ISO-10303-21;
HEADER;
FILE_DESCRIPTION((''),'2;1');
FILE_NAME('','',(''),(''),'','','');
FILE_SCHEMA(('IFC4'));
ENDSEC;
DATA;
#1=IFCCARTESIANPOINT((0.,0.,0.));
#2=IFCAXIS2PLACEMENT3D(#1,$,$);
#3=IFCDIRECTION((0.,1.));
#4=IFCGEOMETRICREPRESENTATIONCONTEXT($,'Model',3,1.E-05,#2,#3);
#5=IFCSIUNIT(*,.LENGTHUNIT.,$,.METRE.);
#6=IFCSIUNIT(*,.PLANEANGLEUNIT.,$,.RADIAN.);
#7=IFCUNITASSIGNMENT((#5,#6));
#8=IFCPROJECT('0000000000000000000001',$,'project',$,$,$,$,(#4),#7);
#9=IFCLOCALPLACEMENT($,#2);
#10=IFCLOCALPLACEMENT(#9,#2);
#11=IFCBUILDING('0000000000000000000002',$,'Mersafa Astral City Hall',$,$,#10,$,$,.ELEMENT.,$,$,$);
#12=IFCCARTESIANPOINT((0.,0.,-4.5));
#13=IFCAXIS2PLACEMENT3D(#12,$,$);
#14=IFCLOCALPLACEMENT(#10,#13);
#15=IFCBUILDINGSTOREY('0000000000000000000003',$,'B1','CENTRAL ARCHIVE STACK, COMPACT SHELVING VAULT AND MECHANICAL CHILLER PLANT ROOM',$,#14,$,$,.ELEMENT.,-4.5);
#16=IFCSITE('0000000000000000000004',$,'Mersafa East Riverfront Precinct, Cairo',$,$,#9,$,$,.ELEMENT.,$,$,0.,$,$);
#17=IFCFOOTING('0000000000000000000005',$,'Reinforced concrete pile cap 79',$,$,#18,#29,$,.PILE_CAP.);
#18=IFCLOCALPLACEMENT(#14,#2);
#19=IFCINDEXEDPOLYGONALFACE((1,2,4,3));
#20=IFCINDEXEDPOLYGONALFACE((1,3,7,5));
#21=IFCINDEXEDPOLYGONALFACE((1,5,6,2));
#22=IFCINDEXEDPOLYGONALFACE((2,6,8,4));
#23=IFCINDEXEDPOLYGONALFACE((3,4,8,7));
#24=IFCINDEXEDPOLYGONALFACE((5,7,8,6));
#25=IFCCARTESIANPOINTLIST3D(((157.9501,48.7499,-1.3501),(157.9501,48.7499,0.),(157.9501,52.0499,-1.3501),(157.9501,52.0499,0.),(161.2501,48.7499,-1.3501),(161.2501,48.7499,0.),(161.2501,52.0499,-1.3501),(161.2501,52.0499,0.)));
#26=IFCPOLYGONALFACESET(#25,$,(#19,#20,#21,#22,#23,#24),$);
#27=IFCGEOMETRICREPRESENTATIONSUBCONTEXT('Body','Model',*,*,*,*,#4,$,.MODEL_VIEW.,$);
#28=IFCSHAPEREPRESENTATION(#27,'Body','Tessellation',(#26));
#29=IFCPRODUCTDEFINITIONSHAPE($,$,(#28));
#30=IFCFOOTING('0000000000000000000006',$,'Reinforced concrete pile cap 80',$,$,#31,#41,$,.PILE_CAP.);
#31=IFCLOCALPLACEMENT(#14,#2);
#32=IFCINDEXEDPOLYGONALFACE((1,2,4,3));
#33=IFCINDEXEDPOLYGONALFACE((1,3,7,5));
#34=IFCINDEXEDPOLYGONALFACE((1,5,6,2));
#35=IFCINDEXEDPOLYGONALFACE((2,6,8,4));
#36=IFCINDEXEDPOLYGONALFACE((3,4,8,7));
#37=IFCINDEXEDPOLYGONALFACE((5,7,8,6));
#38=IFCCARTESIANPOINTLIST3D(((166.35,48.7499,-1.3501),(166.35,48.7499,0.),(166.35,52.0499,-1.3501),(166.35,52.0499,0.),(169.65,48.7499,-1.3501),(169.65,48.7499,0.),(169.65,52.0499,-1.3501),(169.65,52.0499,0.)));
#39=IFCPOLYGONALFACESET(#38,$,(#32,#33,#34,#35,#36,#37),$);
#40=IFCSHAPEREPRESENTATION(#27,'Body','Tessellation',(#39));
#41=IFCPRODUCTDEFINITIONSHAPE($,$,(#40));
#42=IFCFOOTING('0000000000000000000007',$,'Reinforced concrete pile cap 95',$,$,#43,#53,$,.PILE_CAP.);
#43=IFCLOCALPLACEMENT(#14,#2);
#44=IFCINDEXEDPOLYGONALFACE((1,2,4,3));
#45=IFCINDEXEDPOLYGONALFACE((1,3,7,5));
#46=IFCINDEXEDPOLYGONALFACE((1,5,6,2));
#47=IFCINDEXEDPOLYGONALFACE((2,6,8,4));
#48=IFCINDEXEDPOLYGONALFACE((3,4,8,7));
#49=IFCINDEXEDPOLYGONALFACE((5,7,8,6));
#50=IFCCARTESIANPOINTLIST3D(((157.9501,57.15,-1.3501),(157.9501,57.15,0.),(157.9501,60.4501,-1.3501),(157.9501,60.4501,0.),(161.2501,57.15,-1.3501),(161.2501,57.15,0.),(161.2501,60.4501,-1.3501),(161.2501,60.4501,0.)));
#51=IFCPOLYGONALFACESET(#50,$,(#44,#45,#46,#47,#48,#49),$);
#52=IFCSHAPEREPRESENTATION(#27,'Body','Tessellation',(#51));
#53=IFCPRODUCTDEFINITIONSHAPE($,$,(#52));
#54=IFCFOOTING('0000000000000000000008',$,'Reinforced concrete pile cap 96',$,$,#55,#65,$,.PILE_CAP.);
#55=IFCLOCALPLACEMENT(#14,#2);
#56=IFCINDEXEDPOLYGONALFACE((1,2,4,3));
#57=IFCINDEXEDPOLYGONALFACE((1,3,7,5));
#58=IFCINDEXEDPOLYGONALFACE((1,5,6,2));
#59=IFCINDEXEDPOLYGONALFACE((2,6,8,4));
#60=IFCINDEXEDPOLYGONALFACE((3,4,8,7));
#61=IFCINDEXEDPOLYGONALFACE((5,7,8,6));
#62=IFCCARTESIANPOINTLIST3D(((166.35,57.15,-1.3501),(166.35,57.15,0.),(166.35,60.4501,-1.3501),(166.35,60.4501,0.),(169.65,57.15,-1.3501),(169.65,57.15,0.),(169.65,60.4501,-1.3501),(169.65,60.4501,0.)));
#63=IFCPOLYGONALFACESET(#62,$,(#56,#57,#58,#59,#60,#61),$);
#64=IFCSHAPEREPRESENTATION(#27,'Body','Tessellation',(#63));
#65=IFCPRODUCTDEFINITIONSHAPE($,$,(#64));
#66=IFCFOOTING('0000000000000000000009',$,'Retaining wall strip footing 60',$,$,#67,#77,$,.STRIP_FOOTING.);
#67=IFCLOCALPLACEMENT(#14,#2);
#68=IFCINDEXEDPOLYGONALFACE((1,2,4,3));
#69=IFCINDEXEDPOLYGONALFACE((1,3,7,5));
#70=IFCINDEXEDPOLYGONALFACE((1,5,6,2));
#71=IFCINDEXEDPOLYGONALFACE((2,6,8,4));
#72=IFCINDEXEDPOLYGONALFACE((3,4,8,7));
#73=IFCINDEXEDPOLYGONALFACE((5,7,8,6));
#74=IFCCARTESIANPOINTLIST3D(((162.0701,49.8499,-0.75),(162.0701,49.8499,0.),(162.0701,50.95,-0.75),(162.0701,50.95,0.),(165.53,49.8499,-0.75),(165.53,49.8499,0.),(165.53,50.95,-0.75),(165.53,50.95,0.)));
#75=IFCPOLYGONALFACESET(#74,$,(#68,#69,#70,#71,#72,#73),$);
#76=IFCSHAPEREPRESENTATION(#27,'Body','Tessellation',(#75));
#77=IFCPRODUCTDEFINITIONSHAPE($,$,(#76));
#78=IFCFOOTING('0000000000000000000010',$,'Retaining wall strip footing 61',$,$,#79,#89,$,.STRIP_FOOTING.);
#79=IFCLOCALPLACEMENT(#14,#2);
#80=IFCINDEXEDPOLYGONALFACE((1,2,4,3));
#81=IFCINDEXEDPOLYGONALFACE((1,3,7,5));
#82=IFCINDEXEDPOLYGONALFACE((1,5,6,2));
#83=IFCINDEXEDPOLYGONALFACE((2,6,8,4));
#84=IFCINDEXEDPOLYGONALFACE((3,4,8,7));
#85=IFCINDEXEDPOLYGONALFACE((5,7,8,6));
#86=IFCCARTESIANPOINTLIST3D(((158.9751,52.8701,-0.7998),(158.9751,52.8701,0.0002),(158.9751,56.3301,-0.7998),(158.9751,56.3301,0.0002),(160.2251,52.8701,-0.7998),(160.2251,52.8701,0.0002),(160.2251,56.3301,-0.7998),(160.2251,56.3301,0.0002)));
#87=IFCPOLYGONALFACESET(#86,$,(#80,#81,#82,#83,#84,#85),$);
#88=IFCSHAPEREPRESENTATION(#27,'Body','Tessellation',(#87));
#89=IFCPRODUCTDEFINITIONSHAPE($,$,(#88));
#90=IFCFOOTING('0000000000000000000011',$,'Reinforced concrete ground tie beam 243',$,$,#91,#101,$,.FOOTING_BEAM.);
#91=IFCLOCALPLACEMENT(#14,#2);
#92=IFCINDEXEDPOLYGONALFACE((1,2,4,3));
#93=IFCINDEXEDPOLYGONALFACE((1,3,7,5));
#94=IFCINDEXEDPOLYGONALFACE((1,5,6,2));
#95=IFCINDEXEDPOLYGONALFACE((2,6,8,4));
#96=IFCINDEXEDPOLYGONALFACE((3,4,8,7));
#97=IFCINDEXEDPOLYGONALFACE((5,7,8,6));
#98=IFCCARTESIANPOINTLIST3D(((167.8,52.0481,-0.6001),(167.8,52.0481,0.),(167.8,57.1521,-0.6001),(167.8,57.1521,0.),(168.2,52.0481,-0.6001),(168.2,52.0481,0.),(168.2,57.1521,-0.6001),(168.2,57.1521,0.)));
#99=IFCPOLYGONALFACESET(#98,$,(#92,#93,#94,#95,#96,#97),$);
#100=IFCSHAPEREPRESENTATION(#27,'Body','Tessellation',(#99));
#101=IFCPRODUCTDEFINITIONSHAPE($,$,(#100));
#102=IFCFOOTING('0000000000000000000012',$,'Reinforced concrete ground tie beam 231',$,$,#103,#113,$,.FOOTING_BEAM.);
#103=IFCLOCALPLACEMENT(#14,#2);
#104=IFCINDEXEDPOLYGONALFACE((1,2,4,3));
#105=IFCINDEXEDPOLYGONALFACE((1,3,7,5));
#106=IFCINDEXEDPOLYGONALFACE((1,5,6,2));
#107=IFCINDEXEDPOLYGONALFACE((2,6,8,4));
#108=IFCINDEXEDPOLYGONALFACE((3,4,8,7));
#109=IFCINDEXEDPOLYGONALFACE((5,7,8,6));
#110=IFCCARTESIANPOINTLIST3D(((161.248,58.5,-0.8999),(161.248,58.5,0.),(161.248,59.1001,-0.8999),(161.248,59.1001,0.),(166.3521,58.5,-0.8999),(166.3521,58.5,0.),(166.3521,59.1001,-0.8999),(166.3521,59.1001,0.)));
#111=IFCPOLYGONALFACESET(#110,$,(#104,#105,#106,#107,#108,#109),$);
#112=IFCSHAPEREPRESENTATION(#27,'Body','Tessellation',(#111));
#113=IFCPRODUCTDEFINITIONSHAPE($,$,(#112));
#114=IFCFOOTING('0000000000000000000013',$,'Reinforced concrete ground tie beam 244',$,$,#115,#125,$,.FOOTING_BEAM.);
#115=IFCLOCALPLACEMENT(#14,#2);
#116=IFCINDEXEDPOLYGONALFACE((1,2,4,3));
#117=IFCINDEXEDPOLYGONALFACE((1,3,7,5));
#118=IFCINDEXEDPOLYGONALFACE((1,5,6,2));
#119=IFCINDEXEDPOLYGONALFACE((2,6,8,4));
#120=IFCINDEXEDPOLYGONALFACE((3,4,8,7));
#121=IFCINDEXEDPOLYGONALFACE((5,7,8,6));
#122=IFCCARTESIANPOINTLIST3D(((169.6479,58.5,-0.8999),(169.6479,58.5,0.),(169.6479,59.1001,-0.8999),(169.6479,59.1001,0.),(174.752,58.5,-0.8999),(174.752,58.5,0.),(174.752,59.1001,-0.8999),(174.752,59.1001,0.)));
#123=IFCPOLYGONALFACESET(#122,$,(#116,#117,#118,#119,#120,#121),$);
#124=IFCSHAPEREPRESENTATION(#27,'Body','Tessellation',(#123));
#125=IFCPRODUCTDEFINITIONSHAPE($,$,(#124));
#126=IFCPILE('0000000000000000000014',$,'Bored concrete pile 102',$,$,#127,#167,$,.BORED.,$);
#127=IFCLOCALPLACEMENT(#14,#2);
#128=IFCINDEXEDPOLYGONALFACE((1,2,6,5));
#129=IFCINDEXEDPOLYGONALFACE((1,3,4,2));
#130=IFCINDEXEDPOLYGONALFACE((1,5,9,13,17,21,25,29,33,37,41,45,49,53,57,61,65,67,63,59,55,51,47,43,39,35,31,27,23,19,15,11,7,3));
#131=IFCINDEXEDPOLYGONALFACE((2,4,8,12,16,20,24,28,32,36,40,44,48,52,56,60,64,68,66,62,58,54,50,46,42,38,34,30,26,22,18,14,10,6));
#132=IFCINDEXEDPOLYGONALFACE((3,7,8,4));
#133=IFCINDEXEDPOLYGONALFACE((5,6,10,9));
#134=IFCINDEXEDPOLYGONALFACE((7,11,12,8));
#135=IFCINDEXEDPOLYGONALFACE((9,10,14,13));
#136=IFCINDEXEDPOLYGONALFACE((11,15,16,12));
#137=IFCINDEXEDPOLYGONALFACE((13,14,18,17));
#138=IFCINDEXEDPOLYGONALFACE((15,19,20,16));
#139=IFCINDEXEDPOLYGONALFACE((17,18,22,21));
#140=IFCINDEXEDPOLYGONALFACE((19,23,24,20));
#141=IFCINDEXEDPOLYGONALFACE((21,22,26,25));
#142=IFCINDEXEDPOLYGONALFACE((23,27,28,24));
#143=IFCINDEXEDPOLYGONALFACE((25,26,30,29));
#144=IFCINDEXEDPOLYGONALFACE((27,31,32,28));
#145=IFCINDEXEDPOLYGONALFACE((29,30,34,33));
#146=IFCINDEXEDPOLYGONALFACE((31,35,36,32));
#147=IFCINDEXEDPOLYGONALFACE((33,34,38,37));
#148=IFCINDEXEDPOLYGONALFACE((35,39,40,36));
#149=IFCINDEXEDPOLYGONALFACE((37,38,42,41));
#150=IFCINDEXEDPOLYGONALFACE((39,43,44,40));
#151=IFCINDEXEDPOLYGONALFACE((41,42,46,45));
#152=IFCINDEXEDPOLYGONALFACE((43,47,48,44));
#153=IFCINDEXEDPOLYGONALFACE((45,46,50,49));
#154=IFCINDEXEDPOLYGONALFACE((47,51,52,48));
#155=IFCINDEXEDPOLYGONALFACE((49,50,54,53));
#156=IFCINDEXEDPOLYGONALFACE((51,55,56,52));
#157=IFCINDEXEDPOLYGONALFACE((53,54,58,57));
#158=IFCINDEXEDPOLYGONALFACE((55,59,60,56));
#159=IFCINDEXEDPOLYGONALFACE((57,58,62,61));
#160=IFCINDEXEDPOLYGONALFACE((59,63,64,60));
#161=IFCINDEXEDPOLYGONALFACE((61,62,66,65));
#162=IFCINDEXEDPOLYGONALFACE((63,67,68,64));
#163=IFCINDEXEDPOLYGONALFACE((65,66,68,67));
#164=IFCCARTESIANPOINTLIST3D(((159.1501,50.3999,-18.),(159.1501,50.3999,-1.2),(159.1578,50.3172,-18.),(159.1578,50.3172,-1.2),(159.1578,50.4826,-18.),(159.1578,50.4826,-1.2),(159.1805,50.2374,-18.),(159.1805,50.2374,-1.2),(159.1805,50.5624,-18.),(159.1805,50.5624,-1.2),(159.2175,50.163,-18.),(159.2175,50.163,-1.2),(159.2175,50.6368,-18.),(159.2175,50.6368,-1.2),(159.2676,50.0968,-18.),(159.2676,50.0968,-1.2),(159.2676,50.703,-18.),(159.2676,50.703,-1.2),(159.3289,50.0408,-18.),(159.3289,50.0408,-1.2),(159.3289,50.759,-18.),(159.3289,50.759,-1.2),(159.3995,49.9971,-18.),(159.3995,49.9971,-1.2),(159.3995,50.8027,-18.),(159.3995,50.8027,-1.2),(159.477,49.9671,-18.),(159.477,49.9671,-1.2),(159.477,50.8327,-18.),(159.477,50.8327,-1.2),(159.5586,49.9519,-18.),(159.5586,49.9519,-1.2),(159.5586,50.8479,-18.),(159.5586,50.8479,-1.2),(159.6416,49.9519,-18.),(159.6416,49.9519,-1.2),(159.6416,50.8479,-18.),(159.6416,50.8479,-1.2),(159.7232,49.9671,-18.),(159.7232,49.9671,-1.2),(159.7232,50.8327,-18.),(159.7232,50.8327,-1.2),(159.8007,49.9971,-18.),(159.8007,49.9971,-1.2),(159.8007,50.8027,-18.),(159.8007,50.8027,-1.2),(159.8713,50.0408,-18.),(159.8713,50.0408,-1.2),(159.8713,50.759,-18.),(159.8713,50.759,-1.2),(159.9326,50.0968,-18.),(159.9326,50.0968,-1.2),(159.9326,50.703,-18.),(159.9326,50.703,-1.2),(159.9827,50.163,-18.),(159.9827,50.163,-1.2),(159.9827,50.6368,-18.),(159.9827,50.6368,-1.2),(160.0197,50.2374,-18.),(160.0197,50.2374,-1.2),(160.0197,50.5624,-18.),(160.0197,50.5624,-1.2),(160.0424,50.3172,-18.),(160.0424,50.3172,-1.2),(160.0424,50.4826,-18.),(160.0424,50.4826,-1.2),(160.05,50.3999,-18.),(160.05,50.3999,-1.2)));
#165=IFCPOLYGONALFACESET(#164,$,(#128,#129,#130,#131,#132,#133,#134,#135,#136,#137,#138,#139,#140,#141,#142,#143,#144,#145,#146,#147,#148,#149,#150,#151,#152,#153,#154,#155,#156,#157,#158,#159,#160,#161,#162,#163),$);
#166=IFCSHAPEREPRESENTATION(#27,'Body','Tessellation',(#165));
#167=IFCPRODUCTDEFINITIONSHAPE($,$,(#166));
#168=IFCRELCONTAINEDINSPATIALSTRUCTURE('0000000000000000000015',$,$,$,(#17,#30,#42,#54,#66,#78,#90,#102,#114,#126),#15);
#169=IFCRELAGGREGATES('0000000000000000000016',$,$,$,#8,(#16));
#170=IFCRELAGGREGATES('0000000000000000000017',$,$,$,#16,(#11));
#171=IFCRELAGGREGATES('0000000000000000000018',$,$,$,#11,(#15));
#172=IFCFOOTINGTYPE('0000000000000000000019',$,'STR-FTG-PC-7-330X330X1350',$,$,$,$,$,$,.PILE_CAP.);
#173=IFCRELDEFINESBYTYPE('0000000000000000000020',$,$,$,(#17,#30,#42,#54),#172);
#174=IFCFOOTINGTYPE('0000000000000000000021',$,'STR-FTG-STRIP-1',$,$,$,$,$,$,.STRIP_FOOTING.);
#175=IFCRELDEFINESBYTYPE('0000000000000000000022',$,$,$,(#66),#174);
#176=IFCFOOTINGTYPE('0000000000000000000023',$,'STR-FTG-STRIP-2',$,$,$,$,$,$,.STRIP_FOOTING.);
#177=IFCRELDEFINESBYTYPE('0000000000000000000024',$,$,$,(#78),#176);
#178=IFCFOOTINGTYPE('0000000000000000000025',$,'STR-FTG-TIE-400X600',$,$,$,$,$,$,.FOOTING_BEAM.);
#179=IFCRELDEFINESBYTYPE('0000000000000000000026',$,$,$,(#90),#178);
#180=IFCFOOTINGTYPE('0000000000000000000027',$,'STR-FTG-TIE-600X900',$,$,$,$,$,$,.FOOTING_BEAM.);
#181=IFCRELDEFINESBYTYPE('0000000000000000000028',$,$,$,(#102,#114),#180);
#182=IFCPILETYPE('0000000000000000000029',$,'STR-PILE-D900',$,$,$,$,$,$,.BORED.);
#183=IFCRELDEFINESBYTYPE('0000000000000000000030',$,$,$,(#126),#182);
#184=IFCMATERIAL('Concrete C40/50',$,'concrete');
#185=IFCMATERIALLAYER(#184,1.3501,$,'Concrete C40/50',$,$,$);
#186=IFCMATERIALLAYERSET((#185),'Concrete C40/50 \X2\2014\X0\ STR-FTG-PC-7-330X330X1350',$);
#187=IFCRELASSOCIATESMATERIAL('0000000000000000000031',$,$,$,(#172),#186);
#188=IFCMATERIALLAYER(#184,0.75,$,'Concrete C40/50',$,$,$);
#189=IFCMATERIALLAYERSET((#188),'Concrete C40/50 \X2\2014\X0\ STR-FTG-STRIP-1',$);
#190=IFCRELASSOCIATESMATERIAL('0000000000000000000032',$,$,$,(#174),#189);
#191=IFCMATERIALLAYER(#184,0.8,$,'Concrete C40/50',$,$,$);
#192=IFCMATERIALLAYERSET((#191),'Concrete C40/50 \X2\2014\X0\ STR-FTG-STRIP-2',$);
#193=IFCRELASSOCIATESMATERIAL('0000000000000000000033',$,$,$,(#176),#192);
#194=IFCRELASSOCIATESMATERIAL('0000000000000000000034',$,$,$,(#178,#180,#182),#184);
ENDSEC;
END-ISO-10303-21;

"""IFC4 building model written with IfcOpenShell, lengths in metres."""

from ifc_helpers import new_model, si_unit, direction, frame, origin, origin_2d, place, context, subcontext, project, spatial, rectangle, circle, extrude, material, layer, layer_set, material_profile, profile_set, type_object, element, save


model = new_model("IFC4")

# Units and contexts
model_context = context("Model", 3, precision=1e-05, world=origin(), true_north=direction((0.0, 1.0)))
body_context = subcontext(model_context, "Body", "Model", "MODEL_VIEW")
ifc_project = project(units=[si_unit("LENGTHUNIT", "METRE"), si_unit("PLANEANGLEUNIT", "RADIAN")], contexts=[model_context])

# Site, building, storey
site_placement = place(None, origin())
site = spatial("IfcSite", under=ifc_project, at=site_placement, Name="Mersafa East Riverfront Precinct, Cairo", CompositionType="ELEMENT", RefElevation=0.0)
building_placement = place(site_placement, origin())
building = spatial("IfcBuilding", under=site, at=building_placement, Name="Mersafa Astral City Hall", CompositionType="ELEMENT")
storey_placement = place(building_placement, frame((0.0, 0.0, -4.5)))
storey = spatial("IfcBuildingStorey", under=building, at=storey_placement, Name="B1", Description="CENTRAL ARCHIVE STACK, COMPACT SHELVING VAULT AND MECHANICAL CHILLER PLANT ROOM", CompositionType="ELEMENT", Elevation=-4.5)

# Footings
ifc_material_1 = material(Name="Concrete C40/50", Category="concrete")
ifc_layer_1 = layer(ifc_material_1, 1.3501, Name="Concrete C40/50")
ifc_layer_set_1 = layer_set([ifc_layer_1], Name="Concrete C40/50 — STR-FTG-PC-7-330X330X1350")
footing_type_1 = type_object("IfcFootingType", Name="STR-FTG-PC-7-330X330X1350", PredefinedType="PILE_CAP", material=ifc_layer_set_1)
for number, where, z_axis, x_axis, name in (
    (1, (159.6001, 50.3999, -1.3501), (0.0, 0.0, 1.0), (1.0, 0.0, 0.0), "Reinforced concrete pile cap 79"),
    (2, (168.0, 50.3999, -1.3501), (0.0, 0.0, 1.0), (1.0, 0.0, 0.0), "Reinforced concrete pile cap 80"),
    (3, (159.6001, 58.8, -1.3501), (0.0, 0.0, 1.0), (1.0, 0.0, 0.0), "Reinforced concrete pile cap 95"),
    (4, (168.0, 58.8, -1.3501), (0.0, 0.0, 1.0), (1.0, 0.0, 0.0), "Reinforced concrete pile cap 96"),
):
    element("IfcFooting", number, at=place(storey_placement, frame(where, z_axis=z_axis, x_axis=x_axis)), inside=storey, type_object=footing_type_1, Name=name, PredefinedType="PILE_CAP", context=body_context, shape_type="SweptSolid", body=[
        extrude(rectangle(XDim=3.3, YDim=3.3, at=origin_2d()), origin(), (0.0, 0.0, 1.0), 1.3501),
    ])
ifc_layer_2 = layer(ifc_material_1, 0.75, Name="Concrete C40/50")
ifc_layer_set_2 = layer_set([ifc_layer_2], Name="Concrete C40/50 — STR-FTG-STRIP-1")
footing_type_2 = type_object("IfcFootingType", Name="STR-FTG-STRIP-1", PredefinedType="STRIP_FOOTING", material=ifc_layer_set_2)
footing_1_placement = place(storey_placement, frame((163.8, 50.3999, -0.75), z_axis=(0.0, 0.0, 1.0), x_axis=(-1.0, 0.0, 0.0)))
element("IfcFooting", 5, at=footing_1_placement, inside=storey, type_object=footing_type_2, Name="Retaining wall strip footing 60", PredefinedType="STRIP_FOOTING", context=body_context, shape_type="SweptSolid", body=[
    extrude(rectangle(XDim=3.46, YDim=1.1001, at=origin_2d()), origin(), (0.0, 0.0, 1.0), 0.75),
])
ifc_layer_3 = layer(ifc_material_1, 0.8, Name="Concrete C40/50")
ifc_layer_set_3 = layer_set([ifc_layer_3], Name="Concrete C40/50 — STR-FTG-STRIP-2")
footing_type_3 = type_object("IfcFootingType", Name="STR-FTG-STRIP-2", PredefinedType="STRIP_FOOTING", material=ifc_layer_set_3)
footing_2_placement = place(storey_placement, frame((159.6001, 54.6001, -0.7998), z_axis=(0.0, 0.0, 1.0), x_axis=(0.0, 1.0, 0.0)))
element("IfcFooting", 6, at=footing_2_placement, inside=storey, type_object=footing_type_3, Name="Retaining wall strip footing 61", PredefinedType="STRIP_FOOTING", context=body_context, shape_type="SweptSolid", body=[
    extrude(rectangle(XDim=3.46, YDim=1.25, at=origin_2d()), origin(), (0.0, 0.0, 1.0), 0.8),
])
ifc_material_profile_1 = material_profile(ifc_material_1, rectangle(XDim=0.3999, YDim=0.6001, at=origin_2d()), Name="RC 400x600")
ifc_profile_set_1 = profile_set([ifc_material_profile_1], Name="Concrete C40/50")
footing_type_4 = type_object("IfcFootingType", Name="STR-FTG-TIE-400X600", PredefinedType="FOOTING_BEAM", material=ifc_profile_set_1)
footing_3_placement = place(storey_placement, frame((168.0, 52.0481, -0.3), z_axis=(0.0, 1.0, 0.0), x_axis=(-1.0, 0.0, 0.0)))
element("IfcFooting", 7, at=footing_3_placement, inside=storey, type_object=footing_type_4, Name="Reinforced concrete ground tie beam 243", PredefinedType="FOOTING_BEAM", context=body_context, shape_type="SweptSolid", body=[
    extrude(rectangle(XDim=0.3999, YDim=0.6001, at=origin_2d()), origin(), (0.0, 0.0, 1.0), 5.104),
])
ifc_material_profile_2 = material_profile(ifc_material_1, rectangle(XDim=0.6001, YDim=0.8999, at=origin_2d()), Name="RC 600x900")
ifc_profile_set_2 = profile_set([ifc_material_profile_2], Name="Concrete C40/50")
footing_type_5 = type_object("IfcFootingType", Name="STR-FTG-TIE-600X900", PredefinedType="FOOTING_BEAM", material=ifc_profile_set_2)
for number, where, z_axis, x_axis, name in (
    (8, (161.248, 58.8, -0.45), (1.0, 0.0, 0.0), (0.0, 1.0, 0.0), "Reinforced concrete ground tie beam 231"),
    (9, (169.6479, 58.8, -0.45), (1.0, 0.0, 0.0), (0.0, 1.0, 0.0), "Reinforced concrete ground tie beam 244"),
):
    element("IfcFooting", number, at=place(storey_placement, frame(where, z_axis=z_axis, x_axis=x_axis)), inside=storey, type_object=footing_type_5, Name=name, PredefinedType="FOOTING_BEAM", context=body_context, shape_type="SweptSolid", body=[
        extrude(rectangle(XDim=0.6001, YDim=0.8999, at=origin_2d()), origin(), (0.0, 0.0, 1.0), 5.104),
    ])

# Pile
ifc_material_profile_3 = material_profile(ifc_material_1, circle(Radius=0.45, at=origin_2d()), Name="PILE D900")
ifc_profile_set_3 = profile_set([ifc_material_profile_3], Name="Concrete C40/50")
pile_type = type_object("IfcPileType", Name="STR-PILE-D900", PredefinedType="BORED", material=ifc_profile_set_3)
for number, where, z_axis, x_axis, name in (
    (10, (159.6001, 50.3999, -1.2), (0.0, 0.0, -1.0), (1.0, 0.0, 0.0), "Bored concrete pile 102"),
):
    element("IfcPile", number, at=place(storey_placement, frame(where, z_axis=z_axis, x_axis=x_axis)), inside=storey, type_object=pile_type, Name=name, PredefinedType="BORED", context=body_context, shape_type="SweptSolid", body=[
        extrude(circle(Radius=0.45, at=origin_2d()), origin(), (0.0, 0.0, 1.0), 16.8),
    ])

save(model, "model.ifc")
